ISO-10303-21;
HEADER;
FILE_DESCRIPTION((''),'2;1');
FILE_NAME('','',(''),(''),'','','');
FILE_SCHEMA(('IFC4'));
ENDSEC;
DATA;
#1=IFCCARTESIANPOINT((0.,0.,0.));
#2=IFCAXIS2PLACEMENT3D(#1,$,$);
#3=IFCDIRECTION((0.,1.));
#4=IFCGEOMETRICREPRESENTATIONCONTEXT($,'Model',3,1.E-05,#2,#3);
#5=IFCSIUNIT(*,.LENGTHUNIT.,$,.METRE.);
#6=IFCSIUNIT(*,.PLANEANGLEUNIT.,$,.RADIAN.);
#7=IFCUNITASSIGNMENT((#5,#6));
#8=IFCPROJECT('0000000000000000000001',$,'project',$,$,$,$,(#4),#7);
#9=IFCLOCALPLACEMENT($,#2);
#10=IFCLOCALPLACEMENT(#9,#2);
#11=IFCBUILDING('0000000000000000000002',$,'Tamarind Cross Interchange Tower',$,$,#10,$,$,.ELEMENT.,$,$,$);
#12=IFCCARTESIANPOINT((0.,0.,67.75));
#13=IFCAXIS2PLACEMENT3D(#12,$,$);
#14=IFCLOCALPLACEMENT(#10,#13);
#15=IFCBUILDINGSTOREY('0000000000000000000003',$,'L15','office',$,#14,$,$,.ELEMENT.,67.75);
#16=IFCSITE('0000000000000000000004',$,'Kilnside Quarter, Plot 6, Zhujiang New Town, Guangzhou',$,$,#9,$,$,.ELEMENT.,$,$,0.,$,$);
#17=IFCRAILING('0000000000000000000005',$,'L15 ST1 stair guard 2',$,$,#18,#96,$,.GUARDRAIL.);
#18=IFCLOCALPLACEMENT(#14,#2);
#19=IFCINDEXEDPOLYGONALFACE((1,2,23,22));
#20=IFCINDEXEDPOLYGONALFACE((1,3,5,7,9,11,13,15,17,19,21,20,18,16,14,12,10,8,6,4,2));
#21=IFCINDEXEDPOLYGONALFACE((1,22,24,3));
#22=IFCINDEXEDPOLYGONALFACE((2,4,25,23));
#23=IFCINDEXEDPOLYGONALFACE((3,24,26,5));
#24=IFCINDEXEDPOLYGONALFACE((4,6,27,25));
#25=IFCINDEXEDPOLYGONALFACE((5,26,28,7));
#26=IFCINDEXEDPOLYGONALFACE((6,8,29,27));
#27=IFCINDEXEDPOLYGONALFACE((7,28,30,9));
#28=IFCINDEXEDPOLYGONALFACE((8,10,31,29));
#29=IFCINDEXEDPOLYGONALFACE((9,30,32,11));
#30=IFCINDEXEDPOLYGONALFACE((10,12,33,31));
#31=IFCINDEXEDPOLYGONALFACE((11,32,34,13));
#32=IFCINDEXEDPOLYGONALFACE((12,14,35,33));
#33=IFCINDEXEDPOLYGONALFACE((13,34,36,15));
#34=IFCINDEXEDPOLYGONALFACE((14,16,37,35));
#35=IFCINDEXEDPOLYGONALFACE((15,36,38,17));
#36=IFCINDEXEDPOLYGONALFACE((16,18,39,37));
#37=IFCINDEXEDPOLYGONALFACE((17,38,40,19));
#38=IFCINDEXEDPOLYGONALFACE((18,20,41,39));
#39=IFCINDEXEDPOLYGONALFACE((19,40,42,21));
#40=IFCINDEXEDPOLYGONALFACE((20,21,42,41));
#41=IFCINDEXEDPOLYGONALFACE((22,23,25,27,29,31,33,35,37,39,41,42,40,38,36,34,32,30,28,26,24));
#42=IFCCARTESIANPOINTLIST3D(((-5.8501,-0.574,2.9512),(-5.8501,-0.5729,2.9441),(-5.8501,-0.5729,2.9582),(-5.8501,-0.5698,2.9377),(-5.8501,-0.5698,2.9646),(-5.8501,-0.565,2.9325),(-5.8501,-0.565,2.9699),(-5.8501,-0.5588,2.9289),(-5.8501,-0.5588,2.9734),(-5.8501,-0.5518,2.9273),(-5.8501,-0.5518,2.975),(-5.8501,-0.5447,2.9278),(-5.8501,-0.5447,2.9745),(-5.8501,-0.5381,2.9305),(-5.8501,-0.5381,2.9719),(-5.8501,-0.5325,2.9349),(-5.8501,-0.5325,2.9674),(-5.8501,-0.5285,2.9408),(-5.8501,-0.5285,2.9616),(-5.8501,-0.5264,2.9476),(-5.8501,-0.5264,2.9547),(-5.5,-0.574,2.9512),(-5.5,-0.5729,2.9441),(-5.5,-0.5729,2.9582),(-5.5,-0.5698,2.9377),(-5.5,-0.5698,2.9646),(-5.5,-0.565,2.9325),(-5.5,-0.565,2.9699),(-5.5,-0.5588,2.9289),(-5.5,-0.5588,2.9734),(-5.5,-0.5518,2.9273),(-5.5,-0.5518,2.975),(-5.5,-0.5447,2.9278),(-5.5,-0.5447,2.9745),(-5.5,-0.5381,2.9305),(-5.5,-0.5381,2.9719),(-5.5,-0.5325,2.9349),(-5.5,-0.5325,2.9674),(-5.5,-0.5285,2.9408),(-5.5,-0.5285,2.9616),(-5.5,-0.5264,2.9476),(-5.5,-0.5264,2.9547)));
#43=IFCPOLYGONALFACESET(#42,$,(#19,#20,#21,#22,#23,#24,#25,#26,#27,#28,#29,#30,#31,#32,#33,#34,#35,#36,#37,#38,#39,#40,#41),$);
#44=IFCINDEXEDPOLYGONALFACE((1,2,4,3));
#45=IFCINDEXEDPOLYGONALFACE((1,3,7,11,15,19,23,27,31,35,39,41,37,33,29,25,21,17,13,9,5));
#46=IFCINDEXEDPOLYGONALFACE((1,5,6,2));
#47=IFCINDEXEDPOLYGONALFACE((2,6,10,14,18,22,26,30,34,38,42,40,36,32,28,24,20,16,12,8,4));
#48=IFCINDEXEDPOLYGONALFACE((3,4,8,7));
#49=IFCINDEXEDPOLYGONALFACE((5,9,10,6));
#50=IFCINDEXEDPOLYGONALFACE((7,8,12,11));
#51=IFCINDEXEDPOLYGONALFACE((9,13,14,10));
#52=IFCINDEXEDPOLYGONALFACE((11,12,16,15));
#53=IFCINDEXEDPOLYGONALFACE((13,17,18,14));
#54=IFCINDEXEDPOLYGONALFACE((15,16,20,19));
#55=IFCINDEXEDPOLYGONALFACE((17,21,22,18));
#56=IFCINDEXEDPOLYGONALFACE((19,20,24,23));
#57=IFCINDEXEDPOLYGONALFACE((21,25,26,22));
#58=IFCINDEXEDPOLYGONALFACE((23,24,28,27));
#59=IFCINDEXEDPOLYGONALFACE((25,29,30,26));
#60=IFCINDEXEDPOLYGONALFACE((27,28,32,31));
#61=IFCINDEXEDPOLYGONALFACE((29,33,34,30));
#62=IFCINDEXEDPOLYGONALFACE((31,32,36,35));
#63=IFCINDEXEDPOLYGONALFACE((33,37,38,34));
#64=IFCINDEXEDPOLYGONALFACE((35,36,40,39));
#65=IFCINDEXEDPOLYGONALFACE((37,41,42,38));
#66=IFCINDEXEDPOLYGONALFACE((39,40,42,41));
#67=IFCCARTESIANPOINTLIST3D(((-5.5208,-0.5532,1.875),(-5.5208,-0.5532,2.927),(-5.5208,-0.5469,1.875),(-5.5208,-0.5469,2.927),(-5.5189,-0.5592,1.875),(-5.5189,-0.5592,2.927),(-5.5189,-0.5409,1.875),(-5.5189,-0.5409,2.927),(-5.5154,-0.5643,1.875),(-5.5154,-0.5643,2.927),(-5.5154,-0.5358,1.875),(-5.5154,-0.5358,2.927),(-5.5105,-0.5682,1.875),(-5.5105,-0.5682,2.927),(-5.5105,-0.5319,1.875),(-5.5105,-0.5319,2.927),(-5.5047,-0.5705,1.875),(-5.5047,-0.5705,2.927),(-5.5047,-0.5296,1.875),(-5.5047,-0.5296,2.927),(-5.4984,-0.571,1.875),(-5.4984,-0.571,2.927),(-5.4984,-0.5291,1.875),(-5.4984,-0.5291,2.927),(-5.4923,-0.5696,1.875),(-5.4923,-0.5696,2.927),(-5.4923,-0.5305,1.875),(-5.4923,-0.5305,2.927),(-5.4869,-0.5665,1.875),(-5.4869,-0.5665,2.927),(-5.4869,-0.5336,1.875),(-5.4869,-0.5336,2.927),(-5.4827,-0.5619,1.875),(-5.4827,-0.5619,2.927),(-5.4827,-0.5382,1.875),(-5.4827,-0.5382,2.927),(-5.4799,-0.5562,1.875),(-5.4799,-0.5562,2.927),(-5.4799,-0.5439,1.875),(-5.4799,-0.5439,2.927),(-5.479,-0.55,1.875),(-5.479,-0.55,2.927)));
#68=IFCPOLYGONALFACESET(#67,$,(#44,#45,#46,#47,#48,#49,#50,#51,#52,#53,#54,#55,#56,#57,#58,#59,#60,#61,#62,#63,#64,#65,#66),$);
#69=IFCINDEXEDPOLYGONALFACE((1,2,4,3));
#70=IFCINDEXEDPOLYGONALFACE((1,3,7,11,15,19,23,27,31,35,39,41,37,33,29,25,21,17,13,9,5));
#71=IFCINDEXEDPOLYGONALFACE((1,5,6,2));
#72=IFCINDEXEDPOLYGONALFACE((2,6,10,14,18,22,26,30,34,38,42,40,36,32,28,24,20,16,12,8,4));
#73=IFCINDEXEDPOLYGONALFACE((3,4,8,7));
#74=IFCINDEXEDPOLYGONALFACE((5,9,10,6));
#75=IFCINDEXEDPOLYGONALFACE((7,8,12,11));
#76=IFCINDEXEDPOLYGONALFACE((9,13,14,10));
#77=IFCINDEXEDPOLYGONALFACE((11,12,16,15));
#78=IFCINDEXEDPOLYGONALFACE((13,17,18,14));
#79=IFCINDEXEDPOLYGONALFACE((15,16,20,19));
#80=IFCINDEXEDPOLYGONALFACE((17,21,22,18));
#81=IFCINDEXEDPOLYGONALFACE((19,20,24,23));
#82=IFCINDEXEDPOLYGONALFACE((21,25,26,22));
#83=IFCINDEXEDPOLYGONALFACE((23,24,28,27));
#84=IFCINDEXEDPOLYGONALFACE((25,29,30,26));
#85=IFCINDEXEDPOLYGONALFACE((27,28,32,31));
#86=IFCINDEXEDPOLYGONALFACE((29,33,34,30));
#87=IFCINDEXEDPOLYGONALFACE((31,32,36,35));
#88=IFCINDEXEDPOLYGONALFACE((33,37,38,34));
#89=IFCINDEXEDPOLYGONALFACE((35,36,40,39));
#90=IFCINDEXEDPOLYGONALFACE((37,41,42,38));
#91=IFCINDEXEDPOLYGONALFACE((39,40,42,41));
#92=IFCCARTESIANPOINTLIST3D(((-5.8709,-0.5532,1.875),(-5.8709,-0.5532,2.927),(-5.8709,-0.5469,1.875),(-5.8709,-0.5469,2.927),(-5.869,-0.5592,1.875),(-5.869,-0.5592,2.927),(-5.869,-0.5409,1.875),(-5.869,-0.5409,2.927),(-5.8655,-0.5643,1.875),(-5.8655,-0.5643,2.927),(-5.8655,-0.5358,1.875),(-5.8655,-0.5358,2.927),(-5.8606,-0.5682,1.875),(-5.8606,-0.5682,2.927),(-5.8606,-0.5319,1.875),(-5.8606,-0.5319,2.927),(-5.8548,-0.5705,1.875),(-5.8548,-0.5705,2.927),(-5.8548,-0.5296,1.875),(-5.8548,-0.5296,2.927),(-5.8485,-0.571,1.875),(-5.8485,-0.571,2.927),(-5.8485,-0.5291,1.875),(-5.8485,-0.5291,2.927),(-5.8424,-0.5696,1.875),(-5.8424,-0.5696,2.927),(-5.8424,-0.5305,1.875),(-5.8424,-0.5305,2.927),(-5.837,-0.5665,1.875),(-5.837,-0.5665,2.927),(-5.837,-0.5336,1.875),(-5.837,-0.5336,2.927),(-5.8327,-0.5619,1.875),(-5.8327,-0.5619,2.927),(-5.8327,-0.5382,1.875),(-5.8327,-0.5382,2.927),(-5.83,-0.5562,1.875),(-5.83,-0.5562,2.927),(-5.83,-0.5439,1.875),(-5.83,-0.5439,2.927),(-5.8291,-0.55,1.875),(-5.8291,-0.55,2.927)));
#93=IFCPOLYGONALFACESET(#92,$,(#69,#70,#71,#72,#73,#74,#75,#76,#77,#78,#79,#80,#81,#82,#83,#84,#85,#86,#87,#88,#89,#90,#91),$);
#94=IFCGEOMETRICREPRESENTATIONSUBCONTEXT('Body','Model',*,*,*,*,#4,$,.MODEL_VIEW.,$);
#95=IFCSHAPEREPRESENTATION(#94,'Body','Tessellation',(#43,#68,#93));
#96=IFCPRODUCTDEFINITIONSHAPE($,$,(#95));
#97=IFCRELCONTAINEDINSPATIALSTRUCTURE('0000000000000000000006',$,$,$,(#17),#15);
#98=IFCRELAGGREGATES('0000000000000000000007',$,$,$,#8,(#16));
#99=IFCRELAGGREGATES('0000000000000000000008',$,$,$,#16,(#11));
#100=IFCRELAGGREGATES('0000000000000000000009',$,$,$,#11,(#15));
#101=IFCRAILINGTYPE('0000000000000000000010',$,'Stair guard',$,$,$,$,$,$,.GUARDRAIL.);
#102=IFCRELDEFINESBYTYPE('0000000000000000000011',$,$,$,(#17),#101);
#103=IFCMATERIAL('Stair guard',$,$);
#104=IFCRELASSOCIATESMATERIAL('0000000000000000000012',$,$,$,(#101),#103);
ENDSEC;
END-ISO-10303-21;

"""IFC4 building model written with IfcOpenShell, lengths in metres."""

from ifc_helpers import new_model, si_unit, direction, frame, origin, origin_2d, place, context, subcontext, project, spatial, circle, extrude, material, type_object, element, save


model = new_model("IFC4")

# Units and contexts
model_context = context("Model", 3, precision=1e-05, world=origin(), true_north=direction((0.0, 1.0)))
body_context = subcontext(model_context, "Body", "Model", "MODEL_VIEW")
ifc_project = project(units=[si_unit("LENGTHUNIT", "METRE"), si_unit("PLANEANGLEUNIT", "RADIAN")], contexts=[model_context])

# Site, building, storey
site_placement = place(None, origin())
site = spatial("IfcSite", under=ifc_project, at=site_placement, Name="Kilnside Quarter, Plot 6, Zhujiang New Town, Guangzhou", CompositionType="ELEMENT", RefElevation=0.0)
building_placement = place(site_placement, origin())
building = spatial("IfcBuilding", under=site, at=building_placement, Name="Tamarind Cross Interchange Tower", CompositionType="ELEMENT")
storey_placement = place(building_placement, frame((0.0, 0.0, 67.75)))
storey = spatial("IfcBuildingStorey", under=building, at=storey_placement, Name="L15", Description="office", CompositionType="ELEMENT", Elevation=67.75)

# Railing
ifc_material_1 = material(Name="Stair guard")
railing_type_1 = type_object("IfcRailingType", Name="Stair guard", PredefinedType="GUARDRAIL", material=ifc_material_1)
railing_1_placement = place(storey_placement, frame((-5.5, -0.55, 1.875)))
element("IfcRailing", 1, at=railing_1_placement, inside=storey, type_object=railing_type_1, Name="L15 ST1 stair guard 2", PredefinedType="GUARDRAIL", context=body_context, shape_type="SweptSolid", body=[
    extrude(circle(Radius=0.0239, at=origin_2d()), frame((0.0, 0.0, 1.0762), z_axis=(-1.0, 0.0, 0.0), x_axis=(0.0, -1.0, 0.0)), (0.0, 0.0, 1.0), 0.3501),
    extrude(circle(Radius=0.021, at=origin_2d()), origin(), (0.0, 0.0, 1.0), 1.052),
    extrude(circle(Radius=0.021, at=origin_2d()), frame((-0.3501, 0.0, 0.0)), (0.0, 0.0, 1.0), 1.052),
])

save(model, "model.ifc")
